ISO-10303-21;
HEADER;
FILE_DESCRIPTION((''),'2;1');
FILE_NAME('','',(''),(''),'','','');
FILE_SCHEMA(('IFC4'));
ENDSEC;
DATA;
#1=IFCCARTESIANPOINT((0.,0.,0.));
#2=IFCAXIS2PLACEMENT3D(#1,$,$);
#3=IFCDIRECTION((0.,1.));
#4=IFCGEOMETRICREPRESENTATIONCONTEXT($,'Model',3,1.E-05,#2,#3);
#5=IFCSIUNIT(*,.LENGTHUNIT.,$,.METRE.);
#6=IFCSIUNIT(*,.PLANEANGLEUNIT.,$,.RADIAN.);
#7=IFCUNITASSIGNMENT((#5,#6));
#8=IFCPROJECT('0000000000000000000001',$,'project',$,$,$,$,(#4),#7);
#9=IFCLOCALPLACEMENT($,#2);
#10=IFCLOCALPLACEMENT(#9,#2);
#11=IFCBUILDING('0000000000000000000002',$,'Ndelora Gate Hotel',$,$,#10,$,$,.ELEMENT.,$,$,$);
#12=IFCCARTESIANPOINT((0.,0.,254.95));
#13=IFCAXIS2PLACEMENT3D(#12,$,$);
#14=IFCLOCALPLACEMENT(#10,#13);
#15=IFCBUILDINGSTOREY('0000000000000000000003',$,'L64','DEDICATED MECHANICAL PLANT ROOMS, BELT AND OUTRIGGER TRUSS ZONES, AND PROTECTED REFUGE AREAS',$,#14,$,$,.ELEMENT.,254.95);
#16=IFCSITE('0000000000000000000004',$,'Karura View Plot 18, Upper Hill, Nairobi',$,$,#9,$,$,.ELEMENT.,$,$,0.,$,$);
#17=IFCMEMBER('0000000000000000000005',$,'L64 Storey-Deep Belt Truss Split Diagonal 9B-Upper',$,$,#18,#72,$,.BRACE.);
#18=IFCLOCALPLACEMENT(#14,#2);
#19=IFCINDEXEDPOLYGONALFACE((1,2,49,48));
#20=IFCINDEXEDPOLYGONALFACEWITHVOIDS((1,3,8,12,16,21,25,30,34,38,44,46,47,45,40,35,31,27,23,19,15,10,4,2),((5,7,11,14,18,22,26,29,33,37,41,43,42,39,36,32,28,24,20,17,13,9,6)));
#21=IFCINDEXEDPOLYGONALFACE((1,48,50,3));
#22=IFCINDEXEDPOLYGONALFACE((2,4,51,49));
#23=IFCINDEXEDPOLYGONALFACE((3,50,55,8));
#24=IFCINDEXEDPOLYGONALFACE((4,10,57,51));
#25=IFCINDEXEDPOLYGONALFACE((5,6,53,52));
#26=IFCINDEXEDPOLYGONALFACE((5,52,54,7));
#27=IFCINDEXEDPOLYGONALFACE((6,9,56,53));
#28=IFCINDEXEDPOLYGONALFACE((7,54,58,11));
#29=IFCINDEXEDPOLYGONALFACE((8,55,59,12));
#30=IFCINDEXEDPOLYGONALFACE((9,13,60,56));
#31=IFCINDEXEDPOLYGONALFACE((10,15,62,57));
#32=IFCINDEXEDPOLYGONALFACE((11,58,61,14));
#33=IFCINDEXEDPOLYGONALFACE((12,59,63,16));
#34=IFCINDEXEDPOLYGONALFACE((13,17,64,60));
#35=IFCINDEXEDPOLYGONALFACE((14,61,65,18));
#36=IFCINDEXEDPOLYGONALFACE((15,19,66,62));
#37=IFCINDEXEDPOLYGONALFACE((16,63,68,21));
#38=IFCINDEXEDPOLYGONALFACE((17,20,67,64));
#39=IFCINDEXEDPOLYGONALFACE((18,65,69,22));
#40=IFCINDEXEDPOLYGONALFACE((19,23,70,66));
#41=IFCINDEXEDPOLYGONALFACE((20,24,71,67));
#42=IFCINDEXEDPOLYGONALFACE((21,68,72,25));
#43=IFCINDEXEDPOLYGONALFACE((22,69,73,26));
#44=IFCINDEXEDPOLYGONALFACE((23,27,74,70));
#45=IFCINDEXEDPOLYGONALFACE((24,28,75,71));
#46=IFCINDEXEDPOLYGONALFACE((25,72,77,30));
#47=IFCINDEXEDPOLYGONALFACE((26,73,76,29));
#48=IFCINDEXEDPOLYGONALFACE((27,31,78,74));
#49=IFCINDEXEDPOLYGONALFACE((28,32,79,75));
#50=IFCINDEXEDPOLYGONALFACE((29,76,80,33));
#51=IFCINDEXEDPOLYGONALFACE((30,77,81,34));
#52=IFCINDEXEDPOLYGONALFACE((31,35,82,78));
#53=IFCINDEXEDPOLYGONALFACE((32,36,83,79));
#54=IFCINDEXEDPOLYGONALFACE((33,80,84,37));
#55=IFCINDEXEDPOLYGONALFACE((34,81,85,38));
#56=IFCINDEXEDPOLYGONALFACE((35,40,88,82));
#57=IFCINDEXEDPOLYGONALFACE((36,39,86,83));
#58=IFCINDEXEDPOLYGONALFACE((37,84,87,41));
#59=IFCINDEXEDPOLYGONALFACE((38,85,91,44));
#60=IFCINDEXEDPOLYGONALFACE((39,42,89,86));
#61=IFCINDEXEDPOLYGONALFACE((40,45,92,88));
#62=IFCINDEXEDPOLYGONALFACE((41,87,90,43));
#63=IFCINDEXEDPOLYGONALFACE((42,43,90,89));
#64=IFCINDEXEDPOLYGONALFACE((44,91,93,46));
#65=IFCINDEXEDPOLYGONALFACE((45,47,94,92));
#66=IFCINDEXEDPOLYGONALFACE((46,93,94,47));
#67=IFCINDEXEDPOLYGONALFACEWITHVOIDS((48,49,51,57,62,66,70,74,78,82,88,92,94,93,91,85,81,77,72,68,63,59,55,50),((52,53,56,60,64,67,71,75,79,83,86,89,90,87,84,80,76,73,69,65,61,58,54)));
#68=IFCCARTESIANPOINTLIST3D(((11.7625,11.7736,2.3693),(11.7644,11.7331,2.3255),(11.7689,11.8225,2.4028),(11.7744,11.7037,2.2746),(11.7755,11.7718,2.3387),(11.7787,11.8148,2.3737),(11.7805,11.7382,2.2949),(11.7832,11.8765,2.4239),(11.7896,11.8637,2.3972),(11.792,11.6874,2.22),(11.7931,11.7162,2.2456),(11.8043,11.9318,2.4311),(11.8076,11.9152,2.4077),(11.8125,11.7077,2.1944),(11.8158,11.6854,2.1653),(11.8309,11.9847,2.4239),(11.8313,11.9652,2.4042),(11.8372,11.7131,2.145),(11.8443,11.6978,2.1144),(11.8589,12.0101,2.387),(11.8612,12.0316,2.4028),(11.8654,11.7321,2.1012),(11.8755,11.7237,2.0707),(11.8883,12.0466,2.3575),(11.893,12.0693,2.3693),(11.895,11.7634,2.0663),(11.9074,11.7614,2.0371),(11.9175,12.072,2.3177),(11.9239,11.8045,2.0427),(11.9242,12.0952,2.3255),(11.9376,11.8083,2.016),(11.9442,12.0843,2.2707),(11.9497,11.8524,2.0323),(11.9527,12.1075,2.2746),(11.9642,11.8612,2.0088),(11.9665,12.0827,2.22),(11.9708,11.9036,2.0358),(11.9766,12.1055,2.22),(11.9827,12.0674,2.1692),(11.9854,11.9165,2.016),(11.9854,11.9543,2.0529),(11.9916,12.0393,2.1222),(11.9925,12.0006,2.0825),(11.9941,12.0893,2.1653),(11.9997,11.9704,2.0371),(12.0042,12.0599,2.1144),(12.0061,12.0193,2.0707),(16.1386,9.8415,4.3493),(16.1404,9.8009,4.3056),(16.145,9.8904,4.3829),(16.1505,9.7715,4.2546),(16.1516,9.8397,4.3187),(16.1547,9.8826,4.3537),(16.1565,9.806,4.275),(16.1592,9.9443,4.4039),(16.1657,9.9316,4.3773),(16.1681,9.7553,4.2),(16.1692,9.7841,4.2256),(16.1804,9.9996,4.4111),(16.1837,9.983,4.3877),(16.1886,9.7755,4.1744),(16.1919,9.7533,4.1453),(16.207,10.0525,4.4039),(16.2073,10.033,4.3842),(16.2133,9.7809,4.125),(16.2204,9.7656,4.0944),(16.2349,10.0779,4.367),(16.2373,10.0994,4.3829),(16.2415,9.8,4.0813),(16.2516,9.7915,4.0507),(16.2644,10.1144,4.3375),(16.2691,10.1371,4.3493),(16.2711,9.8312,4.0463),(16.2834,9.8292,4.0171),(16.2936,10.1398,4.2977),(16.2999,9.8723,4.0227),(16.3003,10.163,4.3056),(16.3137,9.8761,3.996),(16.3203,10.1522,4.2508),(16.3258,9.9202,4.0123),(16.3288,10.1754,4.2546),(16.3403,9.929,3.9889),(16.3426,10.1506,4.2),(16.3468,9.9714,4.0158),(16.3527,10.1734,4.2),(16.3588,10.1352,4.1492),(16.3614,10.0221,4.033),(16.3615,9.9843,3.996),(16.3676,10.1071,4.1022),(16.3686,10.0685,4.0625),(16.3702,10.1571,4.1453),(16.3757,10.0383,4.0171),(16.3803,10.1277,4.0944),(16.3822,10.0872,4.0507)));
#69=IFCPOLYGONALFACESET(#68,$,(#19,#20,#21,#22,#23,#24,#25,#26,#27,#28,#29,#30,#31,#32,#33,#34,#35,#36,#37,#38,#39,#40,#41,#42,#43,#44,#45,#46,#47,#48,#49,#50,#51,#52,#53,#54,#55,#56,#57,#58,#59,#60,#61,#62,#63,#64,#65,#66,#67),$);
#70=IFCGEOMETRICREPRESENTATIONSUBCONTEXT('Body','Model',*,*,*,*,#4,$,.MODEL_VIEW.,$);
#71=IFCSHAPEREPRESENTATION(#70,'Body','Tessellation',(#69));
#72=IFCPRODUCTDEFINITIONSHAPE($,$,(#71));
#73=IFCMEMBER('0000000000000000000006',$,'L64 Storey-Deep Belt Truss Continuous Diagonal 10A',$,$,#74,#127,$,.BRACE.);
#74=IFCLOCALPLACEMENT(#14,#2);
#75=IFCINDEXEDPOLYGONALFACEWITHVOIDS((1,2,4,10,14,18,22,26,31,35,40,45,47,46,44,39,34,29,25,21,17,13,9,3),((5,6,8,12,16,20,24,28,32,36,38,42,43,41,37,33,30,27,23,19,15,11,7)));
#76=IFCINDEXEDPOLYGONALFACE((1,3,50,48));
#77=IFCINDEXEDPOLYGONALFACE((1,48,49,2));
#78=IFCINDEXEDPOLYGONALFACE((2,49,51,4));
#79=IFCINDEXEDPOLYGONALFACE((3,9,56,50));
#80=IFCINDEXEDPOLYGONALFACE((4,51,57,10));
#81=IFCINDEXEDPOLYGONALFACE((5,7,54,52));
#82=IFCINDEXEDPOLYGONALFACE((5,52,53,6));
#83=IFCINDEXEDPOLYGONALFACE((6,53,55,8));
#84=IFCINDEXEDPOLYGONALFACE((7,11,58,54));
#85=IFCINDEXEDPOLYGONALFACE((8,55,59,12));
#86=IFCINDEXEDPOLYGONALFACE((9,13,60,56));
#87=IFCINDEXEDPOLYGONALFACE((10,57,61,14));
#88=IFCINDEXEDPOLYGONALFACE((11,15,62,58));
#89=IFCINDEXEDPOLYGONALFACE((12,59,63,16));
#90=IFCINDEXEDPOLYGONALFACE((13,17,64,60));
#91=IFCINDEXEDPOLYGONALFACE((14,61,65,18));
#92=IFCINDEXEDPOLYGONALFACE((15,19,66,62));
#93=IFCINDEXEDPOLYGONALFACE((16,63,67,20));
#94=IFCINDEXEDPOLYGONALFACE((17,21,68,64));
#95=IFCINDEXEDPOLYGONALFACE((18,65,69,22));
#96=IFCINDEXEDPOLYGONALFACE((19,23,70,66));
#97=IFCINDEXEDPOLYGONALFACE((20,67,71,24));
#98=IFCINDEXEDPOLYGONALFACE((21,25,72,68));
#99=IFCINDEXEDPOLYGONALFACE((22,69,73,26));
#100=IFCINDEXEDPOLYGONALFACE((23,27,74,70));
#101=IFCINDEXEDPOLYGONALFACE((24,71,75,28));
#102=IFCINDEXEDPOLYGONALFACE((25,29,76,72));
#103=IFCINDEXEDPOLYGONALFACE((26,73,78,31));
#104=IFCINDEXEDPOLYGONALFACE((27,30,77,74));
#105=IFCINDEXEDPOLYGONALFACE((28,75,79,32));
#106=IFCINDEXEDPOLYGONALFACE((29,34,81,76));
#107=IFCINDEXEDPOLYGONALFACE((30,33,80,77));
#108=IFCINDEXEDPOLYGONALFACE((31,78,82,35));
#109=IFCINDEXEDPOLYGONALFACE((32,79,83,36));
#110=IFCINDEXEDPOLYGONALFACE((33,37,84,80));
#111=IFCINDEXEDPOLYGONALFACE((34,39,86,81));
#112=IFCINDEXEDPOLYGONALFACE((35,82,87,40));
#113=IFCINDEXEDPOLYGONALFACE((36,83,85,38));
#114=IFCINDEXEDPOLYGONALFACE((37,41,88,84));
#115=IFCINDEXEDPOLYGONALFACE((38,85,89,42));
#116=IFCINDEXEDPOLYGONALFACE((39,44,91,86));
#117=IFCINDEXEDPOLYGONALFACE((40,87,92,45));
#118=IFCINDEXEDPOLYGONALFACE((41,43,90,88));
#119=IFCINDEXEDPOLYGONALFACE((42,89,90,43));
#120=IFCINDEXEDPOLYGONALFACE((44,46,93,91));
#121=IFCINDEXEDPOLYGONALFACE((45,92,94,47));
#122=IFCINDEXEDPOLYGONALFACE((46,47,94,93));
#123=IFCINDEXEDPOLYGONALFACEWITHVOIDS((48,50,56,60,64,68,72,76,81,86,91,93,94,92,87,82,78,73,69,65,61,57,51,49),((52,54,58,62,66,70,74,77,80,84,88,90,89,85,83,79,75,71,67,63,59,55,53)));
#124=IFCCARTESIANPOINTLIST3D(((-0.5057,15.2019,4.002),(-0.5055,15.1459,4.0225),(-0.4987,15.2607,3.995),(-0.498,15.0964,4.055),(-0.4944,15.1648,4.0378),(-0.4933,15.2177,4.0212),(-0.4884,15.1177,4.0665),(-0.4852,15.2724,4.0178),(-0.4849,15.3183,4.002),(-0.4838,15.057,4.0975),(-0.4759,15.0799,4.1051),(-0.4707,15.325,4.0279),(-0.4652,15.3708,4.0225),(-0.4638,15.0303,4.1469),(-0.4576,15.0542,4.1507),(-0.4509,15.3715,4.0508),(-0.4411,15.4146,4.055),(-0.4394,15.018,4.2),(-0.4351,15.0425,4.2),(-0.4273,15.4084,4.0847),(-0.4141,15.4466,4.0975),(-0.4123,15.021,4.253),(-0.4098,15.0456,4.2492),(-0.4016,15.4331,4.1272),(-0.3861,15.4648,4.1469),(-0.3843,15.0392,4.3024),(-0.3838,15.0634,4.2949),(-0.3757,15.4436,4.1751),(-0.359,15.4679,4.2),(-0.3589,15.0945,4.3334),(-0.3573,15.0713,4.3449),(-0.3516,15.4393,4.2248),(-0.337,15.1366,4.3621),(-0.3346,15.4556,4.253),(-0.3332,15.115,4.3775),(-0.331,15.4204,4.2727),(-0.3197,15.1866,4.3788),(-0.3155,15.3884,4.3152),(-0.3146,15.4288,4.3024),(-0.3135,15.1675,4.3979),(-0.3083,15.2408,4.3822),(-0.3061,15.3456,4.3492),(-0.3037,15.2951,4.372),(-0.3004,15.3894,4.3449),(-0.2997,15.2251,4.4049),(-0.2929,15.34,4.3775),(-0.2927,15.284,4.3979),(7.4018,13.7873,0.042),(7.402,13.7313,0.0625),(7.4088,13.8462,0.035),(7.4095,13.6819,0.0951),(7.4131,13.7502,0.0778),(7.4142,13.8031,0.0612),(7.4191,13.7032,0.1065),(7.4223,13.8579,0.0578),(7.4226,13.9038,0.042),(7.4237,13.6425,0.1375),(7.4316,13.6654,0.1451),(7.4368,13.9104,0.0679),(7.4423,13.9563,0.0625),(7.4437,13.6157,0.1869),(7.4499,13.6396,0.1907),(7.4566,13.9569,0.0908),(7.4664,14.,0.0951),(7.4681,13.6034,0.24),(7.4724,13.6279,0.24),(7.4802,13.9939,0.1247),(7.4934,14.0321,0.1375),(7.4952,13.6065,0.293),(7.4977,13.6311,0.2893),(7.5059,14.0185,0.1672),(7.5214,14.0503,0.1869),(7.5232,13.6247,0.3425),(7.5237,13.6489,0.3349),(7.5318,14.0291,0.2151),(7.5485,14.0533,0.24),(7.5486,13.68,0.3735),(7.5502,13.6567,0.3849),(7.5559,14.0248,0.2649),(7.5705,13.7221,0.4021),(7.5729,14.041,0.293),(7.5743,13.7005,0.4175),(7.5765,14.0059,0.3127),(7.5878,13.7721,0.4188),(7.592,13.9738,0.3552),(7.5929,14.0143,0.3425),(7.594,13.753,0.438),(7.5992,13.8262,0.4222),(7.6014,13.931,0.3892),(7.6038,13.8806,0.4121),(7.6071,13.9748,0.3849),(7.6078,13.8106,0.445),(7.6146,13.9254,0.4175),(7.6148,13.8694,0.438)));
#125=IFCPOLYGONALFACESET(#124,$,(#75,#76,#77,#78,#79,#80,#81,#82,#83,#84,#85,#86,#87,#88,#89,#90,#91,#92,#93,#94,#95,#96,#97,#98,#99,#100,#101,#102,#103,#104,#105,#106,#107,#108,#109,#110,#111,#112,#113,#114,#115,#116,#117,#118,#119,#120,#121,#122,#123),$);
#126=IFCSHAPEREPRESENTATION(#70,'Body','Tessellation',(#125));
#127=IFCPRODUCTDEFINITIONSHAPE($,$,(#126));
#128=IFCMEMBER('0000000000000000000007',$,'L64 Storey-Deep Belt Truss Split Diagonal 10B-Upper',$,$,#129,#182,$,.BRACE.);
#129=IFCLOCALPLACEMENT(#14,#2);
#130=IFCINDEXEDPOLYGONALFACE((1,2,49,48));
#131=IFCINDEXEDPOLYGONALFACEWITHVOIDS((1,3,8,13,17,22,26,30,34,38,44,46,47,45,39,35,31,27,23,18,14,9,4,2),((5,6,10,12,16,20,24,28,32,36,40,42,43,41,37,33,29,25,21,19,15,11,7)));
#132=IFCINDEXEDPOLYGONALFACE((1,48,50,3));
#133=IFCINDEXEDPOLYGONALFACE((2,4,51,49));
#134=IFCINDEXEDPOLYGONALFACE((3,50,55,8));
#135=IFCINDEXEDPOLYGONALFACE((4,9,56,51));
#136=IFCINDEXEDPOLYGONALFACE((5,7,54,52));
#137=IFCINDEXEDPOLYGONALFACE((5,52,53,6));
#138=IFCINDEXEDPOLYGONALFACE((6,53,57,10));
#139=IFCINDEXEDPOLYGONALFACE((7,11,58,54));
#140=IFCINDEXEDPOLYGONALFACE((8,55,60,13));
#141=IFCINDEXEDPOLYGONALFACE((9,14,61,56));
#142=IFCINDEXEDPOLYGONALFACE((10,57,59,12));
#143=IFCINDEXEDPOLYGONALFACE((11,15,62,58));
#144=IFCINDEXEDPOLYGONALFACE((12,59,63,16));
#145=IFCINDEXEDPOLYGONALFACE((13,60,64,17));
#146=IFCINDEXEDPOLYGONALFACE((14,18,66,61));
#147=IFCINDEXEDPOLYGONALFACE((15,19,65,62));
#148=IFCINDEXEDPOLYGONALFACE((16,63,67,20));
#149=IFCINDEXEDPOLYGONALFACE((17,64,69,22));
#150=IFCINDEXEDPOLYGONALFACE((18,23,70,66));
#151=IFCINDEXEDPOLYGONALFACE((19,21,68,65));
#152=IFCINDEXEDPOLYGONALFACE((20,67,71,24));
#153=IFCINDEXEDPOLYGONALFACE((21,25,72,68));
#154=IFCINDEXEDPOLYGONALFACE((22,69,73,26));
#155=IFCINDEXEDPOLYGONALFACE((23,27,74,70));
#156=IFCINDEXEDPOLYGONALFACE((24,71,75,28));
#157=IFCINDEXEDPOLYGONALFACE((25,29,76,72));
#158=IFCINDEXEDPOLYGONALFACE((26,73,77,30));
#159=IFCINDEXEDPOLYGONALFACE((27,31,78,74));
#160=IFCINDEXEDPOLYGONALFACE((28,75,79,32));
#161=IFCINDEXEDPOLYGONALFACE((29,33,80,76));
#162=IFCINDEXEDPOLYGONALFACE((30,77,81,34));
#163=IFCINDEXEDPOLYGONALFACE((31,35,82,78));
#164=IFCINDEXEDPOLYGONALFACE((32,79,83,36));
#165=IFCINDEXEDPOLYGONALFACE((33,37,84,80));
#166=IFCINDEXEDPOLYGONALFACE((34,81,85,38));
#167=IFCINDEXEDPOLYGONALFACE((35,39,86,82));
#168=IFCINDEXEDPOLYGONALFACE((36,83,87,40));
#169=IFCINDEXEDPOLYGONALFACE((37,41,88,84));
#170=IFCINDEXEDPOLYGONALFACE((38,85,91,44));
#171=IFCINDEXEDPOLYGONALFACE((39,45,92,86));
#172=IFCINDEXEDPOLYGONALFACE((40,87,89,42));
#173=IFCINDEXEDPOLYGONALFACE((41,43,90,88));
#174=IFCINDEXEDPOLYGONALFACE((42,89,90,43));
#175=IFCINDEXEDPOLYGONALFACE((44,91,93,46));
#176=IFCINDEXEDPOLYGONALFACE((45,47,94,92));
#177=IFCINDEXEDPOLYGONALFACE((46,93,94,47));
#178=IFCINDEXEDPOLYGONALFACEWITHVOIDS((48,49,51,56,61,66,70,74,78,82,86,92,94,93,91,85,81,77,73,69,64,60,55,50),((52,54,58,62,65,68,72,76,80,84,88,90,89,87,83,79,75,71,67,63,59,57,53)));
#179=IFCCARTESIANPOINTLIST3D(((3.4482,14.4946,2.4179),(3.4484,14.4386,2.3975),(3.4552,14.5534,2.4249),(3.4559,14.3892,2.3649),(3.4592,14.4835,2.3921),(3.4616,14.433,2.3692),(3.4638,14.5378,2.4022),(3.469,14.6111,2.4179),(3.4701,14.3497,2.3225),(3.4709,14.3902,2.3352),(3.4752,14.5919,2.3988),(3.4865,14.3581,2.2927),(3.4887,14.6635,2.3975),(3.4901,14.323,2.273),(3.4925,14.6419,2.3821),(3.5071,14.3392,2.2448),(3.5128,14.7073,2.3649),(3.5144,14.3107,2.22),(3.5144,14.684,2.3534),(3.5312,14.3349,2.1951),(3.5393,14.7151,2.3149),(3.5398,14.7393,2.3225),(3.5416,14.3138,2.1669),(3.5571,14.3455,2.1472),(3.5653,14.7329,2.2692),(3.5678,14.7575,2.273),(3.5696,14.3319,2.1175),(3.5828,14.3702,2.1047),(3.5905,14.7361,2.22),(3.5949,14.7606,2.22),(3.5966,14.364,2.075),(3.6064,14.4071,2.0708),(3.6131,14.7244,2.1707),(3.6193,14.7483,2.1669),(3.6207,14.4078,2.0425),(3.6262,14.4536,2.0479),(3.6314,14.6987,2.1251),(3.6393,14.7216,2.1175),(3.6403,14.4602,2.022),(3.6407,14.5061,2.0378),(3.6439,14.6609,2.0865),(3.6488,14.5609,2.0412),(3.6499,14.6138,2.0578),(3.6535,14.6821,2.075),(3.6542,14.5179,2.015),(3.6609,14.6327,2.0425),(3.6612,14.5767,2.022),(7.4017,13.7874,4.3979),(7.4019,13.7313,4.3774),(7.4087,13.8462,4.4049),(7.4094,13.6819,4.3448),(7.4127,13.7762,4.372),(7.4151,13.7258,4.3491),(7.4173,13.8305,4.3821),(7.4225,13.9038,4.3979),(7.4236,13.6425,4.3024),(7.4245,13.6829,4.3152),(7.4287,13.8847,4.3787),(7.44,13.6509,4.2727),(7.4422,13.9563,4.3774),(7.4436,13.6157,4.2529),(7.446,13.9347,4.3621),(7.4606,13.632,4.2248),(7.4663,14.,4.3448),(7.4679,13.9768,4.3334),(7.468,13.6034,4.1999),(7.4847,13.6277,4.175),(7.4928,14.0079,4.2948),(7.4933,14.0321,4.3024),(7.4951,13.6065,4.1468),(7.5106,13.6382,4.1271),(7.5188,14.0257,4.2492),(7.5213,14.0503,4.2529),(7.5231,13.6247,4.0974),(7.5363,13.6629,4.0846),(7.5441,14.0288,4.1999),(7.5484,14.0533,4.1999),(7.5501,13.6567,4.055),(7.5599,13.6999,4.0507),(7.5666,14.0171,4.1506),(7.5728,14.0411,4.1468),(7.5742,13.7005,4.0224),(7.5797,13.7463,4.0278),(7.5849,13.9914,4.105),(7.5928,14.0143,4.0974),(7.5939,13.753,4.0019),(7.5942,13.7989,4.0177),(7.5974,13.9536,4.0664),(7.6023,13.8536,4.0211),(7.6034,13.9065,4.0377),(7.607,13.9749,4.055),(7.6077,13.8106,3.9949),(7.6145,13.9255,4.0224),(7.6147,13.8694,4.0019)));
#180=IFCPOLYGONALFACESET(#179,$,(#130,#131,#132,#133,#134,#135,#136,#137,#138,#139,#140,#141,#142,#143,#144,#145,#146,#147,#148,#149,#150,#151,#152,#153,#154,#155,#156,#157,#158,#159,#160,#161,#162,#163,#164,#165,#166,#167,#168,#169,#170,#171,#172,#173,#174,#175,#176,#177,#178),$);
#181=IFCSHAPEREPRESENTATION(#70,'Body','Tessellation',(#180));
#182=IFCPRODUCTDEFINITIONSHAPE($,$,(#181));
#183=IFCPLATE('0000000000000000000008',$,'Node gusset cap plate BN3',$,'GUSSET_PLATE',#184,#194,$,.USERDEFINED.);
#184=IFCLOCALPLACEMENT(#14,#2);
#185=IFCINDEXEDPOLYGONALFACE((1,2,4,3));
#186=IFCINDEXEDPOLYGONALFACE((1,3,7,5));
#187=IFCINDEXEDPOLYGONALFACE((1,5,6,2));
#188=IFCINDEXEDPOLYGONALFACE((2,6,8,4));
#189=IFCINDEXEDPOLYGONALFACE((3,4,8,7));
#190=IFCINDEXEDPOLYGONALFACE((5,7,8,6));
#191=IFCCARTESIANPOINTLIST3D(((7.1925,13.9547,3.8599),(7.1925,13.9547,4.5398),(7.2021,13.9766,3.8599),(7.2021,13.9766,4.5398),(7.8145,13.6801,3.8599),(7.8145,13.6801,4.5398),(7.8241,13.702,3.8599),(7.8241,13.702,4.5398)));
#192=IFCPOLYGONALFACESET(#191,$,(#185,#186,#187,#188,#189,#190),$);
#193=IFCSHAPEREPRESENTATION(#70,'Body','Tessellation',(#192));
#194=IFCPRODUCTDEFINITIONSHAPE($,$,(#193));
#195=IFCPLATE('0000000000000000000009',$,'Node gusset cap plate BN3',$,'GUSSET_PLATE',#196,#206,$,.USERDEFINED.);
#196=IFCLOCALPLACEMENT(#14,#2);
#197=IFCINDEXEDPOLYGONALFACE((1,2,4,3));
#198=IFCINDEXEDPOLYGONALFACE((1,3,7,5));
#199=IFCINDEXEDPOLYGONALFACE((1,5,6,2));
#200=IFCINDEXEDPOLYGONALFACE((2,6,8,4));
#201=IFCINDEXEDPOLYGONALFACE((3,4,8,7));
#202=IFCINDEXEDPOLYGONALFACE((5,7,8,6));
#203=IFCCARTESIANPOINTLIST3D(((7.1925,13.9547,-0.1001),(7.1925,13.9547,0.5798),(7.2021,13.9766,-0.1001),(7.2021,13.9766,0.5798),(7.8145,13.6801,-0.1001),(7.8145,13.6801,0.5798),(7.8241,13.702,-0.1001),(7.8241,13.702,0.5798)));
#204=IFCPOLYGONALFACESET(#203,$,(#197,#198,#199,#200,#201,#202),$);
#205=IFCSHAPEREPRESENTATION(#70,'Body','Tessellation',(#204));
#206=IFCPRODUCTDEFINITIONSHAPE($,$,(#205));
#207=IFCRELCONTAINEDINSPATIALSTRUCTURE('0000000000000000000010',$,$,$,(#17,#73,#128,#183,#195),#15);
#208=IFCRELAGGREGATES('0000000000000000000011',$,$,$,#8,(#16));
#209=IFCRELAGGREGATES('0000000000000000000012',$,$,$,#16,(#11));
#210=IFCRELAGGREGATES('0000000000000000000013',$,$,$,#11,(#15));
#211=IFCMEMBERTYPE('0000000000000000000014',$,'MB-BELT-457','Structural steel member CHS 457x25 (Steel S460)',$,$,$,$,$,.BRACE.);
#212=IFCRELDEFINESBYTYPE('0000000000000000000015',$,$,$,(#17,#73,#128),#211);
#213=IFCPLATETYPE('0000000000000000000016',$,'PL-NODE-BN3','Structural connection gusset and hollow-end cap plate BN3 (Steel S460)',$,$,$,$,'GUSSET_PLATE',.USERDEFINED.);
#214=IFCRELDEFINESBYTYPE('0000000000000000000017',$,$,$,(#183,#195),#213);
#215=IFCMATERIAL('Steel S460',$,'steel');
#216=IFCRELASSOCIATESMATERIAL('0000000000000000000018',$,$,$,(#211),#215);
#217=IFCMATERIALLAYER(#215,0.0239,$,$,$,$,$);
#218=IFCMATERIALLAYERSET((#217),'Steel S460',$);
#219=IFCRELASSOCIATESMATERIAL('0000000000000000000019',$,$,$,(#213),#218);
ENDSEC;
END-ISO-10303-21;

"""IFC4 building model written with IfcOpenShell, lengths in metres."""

from ifc_helpers import new_model, si_unit, direction, frame, origin, origin_2d, place, context, subcontext, project, spatial, rectangle, hollow_circle, extrude, material, layer, layer_set, material_profile, profile_set, type_object, element, save


model = new_model("IFC4")

# Units and contexts
model_context = context("Model", 3, precision=1e-05, world=origin(), true_north=direction((0.0, 1.0)))
body_context = subcontext(model_context, "Body", "Model", "MODEL_VIEW")
ifc_project = project(units=[si_unit("LENGTHUNIT", "METRE"), si_unit("PLANEANGLEUNIT", "RADIAN")], contexts=[model_context])

# Site, building, storey
site_placement = place(None, origin())
site = spatial("IfcSite", under=ifc_project, at=site_placement, Name="Karura View Plot 18, Upper Hill, Nairobi", CompositionType="ELEMENT", RefElevation=0.0)
building_placement = place(site_placement, origin())
building = spatial("IfcBuilding", under=site, at=building_placement, Name="Ndelora Gate Hotel", CompositionType="ELEMENT")
storey_placement = place(building_placement, frame((0.0, 0.0, 254.95)))
storey = spatial("IfcBuildingStorey", under=building, at=storey_placement, Name="L64", Description="DEDICATED MECHANICAL PLANT ROOMS, BELT AND OUTRIGGER TRUSS ZONES, AND PROTECTED REFUGE AREAS", CompositionType="ELEMENT", Elevation=254.95)

# Shared definitions
ifc_material_1 = material(Name="Steel S460", Category="steel")

# Members
ifc_material_profile_1 = material_profile(ifc_material_1, hollow_circle(Radius=0.2285, WallThickness=0.0249, at=origin_2d()), Name="CHS 457x25")
ifc_profile_set_1 = profile_set([ifc_material_profile_1], Name="Steel S460")
member_type = type_object("IfcMemberType", Name="MB-BELT-457", Description="Structural steel member CHS 457x25 (Steel S460)", PredefinedType="BRACE", material=ifc_profile_set_1)
member_1_placement = place(storey_placement, frame((11.8843, 11.8965, 2.22), z_axis=(0.845252, -0.373205, 0.382448), x_axis=(0.403912, 0.914798, 0.0)))
element("IfcMember", 1, at=member_1_placement, inside=storey, type_object=member_type, Name="L64 Storey-Deep Belt Truss Split Diagonal 9B-Upper", PredefinedType="BRACE", context=body_context, shape_type="SweptSolid", body=[
    extrude(hollow_circle(Radius=0.2285, WallThickness=0.0249, at=origin_2d()), origin(), (0.0, 0.0, 1.0), 5.1772),
])
member_2_placement = place(storey_placement, frame((7.5083, 13.8284, 0.24), z_axis=(-0.882922, 0.157944, 0.442156), x_axis=(-0.176093, -0.984374, 0.0)))
element("IfcMember", 2, at=member_2_placement, inside=storey, type_object=member_type, Name="L64 Storey-Deep Belt Truss Continuous Diagonal 10A", PredefinedType="BRACE", context=body_context, shape_type="SweptSolid", body=[
    extrude(hollow_circle(Radius=0.2285, WallThickness=0.0249, at=origin_2d()), origin(), (0.0, 0.0, 1.0), 8.9561),
])
member_3_placement = place(storey_placement, frame((3.5547, 14.5356, 2.22), z_axis=(0.882916, -0.157948, 0.442167), x_axis=(0.176098, 0.984373, 0.0)))
element("IfcMember", 3, at=member_3_placement, inside=storey, type_object=member_type, Name="L64 Storey-Deep Belt Truss Split Diagonal 10B-Upper", PredefinedType="BRACE", context=body_context, shape_type="SweptSolid", body=[
    extrude(hollow_circle(Radius=0.2285, WallThickness=0.0249, at=origin_2d()), origin(), (0.0, 0.0, 1.0), 4.4778),
])

# Plates
ifc_layer_1 = layer(ifc_material_1, 0.0239)
ifc_layer_set_1 = layer_set([ifc_layer_1], Name="Steel S460")
plate_type_1 = type_object("IfcPlateType", Name="PL-NODE-BN3", Description="Structural connection gusset and hollow-end cap plate BN3 (Steel S460)", ElementType="GUSSET_PLATE", PredefinedType="USERDEFINED", material=ifc_layer_set_1)
for number, where, z_axis, x_axis, name in (
    (4, (7.5083, 13.8284, 3.8599), (0.0, 0.0, 1.0), (-0.914819, 0.403865, 0.0), "Node gusset cap plate BN3"),
    (5, (7.5083, 13.8284, -0.1001), (0.0, 0.0, 1.0), (-0.914819, 0.403865, 0.0), "Node gusset cap plate BN3"),
):
    element("IfcPlate", number, at=place(storey_placement, frame(where, z_axis=z_axis, x_axis=x_axis)), inside=storey, type_object=plate_type_1, Name=name, ObjectType="GUSSET_PLATE", PredefinedType="USERDEFINED", context=body_context, shape_type="SweptSolid", body=[
        extrude(rectangle(XDim=0.6799, YDim=0.0239, at=origin_2d()), origin(), (0.0, 0.0, 1.0), 0.6799),
    ])

save(model, "model.ifc")
